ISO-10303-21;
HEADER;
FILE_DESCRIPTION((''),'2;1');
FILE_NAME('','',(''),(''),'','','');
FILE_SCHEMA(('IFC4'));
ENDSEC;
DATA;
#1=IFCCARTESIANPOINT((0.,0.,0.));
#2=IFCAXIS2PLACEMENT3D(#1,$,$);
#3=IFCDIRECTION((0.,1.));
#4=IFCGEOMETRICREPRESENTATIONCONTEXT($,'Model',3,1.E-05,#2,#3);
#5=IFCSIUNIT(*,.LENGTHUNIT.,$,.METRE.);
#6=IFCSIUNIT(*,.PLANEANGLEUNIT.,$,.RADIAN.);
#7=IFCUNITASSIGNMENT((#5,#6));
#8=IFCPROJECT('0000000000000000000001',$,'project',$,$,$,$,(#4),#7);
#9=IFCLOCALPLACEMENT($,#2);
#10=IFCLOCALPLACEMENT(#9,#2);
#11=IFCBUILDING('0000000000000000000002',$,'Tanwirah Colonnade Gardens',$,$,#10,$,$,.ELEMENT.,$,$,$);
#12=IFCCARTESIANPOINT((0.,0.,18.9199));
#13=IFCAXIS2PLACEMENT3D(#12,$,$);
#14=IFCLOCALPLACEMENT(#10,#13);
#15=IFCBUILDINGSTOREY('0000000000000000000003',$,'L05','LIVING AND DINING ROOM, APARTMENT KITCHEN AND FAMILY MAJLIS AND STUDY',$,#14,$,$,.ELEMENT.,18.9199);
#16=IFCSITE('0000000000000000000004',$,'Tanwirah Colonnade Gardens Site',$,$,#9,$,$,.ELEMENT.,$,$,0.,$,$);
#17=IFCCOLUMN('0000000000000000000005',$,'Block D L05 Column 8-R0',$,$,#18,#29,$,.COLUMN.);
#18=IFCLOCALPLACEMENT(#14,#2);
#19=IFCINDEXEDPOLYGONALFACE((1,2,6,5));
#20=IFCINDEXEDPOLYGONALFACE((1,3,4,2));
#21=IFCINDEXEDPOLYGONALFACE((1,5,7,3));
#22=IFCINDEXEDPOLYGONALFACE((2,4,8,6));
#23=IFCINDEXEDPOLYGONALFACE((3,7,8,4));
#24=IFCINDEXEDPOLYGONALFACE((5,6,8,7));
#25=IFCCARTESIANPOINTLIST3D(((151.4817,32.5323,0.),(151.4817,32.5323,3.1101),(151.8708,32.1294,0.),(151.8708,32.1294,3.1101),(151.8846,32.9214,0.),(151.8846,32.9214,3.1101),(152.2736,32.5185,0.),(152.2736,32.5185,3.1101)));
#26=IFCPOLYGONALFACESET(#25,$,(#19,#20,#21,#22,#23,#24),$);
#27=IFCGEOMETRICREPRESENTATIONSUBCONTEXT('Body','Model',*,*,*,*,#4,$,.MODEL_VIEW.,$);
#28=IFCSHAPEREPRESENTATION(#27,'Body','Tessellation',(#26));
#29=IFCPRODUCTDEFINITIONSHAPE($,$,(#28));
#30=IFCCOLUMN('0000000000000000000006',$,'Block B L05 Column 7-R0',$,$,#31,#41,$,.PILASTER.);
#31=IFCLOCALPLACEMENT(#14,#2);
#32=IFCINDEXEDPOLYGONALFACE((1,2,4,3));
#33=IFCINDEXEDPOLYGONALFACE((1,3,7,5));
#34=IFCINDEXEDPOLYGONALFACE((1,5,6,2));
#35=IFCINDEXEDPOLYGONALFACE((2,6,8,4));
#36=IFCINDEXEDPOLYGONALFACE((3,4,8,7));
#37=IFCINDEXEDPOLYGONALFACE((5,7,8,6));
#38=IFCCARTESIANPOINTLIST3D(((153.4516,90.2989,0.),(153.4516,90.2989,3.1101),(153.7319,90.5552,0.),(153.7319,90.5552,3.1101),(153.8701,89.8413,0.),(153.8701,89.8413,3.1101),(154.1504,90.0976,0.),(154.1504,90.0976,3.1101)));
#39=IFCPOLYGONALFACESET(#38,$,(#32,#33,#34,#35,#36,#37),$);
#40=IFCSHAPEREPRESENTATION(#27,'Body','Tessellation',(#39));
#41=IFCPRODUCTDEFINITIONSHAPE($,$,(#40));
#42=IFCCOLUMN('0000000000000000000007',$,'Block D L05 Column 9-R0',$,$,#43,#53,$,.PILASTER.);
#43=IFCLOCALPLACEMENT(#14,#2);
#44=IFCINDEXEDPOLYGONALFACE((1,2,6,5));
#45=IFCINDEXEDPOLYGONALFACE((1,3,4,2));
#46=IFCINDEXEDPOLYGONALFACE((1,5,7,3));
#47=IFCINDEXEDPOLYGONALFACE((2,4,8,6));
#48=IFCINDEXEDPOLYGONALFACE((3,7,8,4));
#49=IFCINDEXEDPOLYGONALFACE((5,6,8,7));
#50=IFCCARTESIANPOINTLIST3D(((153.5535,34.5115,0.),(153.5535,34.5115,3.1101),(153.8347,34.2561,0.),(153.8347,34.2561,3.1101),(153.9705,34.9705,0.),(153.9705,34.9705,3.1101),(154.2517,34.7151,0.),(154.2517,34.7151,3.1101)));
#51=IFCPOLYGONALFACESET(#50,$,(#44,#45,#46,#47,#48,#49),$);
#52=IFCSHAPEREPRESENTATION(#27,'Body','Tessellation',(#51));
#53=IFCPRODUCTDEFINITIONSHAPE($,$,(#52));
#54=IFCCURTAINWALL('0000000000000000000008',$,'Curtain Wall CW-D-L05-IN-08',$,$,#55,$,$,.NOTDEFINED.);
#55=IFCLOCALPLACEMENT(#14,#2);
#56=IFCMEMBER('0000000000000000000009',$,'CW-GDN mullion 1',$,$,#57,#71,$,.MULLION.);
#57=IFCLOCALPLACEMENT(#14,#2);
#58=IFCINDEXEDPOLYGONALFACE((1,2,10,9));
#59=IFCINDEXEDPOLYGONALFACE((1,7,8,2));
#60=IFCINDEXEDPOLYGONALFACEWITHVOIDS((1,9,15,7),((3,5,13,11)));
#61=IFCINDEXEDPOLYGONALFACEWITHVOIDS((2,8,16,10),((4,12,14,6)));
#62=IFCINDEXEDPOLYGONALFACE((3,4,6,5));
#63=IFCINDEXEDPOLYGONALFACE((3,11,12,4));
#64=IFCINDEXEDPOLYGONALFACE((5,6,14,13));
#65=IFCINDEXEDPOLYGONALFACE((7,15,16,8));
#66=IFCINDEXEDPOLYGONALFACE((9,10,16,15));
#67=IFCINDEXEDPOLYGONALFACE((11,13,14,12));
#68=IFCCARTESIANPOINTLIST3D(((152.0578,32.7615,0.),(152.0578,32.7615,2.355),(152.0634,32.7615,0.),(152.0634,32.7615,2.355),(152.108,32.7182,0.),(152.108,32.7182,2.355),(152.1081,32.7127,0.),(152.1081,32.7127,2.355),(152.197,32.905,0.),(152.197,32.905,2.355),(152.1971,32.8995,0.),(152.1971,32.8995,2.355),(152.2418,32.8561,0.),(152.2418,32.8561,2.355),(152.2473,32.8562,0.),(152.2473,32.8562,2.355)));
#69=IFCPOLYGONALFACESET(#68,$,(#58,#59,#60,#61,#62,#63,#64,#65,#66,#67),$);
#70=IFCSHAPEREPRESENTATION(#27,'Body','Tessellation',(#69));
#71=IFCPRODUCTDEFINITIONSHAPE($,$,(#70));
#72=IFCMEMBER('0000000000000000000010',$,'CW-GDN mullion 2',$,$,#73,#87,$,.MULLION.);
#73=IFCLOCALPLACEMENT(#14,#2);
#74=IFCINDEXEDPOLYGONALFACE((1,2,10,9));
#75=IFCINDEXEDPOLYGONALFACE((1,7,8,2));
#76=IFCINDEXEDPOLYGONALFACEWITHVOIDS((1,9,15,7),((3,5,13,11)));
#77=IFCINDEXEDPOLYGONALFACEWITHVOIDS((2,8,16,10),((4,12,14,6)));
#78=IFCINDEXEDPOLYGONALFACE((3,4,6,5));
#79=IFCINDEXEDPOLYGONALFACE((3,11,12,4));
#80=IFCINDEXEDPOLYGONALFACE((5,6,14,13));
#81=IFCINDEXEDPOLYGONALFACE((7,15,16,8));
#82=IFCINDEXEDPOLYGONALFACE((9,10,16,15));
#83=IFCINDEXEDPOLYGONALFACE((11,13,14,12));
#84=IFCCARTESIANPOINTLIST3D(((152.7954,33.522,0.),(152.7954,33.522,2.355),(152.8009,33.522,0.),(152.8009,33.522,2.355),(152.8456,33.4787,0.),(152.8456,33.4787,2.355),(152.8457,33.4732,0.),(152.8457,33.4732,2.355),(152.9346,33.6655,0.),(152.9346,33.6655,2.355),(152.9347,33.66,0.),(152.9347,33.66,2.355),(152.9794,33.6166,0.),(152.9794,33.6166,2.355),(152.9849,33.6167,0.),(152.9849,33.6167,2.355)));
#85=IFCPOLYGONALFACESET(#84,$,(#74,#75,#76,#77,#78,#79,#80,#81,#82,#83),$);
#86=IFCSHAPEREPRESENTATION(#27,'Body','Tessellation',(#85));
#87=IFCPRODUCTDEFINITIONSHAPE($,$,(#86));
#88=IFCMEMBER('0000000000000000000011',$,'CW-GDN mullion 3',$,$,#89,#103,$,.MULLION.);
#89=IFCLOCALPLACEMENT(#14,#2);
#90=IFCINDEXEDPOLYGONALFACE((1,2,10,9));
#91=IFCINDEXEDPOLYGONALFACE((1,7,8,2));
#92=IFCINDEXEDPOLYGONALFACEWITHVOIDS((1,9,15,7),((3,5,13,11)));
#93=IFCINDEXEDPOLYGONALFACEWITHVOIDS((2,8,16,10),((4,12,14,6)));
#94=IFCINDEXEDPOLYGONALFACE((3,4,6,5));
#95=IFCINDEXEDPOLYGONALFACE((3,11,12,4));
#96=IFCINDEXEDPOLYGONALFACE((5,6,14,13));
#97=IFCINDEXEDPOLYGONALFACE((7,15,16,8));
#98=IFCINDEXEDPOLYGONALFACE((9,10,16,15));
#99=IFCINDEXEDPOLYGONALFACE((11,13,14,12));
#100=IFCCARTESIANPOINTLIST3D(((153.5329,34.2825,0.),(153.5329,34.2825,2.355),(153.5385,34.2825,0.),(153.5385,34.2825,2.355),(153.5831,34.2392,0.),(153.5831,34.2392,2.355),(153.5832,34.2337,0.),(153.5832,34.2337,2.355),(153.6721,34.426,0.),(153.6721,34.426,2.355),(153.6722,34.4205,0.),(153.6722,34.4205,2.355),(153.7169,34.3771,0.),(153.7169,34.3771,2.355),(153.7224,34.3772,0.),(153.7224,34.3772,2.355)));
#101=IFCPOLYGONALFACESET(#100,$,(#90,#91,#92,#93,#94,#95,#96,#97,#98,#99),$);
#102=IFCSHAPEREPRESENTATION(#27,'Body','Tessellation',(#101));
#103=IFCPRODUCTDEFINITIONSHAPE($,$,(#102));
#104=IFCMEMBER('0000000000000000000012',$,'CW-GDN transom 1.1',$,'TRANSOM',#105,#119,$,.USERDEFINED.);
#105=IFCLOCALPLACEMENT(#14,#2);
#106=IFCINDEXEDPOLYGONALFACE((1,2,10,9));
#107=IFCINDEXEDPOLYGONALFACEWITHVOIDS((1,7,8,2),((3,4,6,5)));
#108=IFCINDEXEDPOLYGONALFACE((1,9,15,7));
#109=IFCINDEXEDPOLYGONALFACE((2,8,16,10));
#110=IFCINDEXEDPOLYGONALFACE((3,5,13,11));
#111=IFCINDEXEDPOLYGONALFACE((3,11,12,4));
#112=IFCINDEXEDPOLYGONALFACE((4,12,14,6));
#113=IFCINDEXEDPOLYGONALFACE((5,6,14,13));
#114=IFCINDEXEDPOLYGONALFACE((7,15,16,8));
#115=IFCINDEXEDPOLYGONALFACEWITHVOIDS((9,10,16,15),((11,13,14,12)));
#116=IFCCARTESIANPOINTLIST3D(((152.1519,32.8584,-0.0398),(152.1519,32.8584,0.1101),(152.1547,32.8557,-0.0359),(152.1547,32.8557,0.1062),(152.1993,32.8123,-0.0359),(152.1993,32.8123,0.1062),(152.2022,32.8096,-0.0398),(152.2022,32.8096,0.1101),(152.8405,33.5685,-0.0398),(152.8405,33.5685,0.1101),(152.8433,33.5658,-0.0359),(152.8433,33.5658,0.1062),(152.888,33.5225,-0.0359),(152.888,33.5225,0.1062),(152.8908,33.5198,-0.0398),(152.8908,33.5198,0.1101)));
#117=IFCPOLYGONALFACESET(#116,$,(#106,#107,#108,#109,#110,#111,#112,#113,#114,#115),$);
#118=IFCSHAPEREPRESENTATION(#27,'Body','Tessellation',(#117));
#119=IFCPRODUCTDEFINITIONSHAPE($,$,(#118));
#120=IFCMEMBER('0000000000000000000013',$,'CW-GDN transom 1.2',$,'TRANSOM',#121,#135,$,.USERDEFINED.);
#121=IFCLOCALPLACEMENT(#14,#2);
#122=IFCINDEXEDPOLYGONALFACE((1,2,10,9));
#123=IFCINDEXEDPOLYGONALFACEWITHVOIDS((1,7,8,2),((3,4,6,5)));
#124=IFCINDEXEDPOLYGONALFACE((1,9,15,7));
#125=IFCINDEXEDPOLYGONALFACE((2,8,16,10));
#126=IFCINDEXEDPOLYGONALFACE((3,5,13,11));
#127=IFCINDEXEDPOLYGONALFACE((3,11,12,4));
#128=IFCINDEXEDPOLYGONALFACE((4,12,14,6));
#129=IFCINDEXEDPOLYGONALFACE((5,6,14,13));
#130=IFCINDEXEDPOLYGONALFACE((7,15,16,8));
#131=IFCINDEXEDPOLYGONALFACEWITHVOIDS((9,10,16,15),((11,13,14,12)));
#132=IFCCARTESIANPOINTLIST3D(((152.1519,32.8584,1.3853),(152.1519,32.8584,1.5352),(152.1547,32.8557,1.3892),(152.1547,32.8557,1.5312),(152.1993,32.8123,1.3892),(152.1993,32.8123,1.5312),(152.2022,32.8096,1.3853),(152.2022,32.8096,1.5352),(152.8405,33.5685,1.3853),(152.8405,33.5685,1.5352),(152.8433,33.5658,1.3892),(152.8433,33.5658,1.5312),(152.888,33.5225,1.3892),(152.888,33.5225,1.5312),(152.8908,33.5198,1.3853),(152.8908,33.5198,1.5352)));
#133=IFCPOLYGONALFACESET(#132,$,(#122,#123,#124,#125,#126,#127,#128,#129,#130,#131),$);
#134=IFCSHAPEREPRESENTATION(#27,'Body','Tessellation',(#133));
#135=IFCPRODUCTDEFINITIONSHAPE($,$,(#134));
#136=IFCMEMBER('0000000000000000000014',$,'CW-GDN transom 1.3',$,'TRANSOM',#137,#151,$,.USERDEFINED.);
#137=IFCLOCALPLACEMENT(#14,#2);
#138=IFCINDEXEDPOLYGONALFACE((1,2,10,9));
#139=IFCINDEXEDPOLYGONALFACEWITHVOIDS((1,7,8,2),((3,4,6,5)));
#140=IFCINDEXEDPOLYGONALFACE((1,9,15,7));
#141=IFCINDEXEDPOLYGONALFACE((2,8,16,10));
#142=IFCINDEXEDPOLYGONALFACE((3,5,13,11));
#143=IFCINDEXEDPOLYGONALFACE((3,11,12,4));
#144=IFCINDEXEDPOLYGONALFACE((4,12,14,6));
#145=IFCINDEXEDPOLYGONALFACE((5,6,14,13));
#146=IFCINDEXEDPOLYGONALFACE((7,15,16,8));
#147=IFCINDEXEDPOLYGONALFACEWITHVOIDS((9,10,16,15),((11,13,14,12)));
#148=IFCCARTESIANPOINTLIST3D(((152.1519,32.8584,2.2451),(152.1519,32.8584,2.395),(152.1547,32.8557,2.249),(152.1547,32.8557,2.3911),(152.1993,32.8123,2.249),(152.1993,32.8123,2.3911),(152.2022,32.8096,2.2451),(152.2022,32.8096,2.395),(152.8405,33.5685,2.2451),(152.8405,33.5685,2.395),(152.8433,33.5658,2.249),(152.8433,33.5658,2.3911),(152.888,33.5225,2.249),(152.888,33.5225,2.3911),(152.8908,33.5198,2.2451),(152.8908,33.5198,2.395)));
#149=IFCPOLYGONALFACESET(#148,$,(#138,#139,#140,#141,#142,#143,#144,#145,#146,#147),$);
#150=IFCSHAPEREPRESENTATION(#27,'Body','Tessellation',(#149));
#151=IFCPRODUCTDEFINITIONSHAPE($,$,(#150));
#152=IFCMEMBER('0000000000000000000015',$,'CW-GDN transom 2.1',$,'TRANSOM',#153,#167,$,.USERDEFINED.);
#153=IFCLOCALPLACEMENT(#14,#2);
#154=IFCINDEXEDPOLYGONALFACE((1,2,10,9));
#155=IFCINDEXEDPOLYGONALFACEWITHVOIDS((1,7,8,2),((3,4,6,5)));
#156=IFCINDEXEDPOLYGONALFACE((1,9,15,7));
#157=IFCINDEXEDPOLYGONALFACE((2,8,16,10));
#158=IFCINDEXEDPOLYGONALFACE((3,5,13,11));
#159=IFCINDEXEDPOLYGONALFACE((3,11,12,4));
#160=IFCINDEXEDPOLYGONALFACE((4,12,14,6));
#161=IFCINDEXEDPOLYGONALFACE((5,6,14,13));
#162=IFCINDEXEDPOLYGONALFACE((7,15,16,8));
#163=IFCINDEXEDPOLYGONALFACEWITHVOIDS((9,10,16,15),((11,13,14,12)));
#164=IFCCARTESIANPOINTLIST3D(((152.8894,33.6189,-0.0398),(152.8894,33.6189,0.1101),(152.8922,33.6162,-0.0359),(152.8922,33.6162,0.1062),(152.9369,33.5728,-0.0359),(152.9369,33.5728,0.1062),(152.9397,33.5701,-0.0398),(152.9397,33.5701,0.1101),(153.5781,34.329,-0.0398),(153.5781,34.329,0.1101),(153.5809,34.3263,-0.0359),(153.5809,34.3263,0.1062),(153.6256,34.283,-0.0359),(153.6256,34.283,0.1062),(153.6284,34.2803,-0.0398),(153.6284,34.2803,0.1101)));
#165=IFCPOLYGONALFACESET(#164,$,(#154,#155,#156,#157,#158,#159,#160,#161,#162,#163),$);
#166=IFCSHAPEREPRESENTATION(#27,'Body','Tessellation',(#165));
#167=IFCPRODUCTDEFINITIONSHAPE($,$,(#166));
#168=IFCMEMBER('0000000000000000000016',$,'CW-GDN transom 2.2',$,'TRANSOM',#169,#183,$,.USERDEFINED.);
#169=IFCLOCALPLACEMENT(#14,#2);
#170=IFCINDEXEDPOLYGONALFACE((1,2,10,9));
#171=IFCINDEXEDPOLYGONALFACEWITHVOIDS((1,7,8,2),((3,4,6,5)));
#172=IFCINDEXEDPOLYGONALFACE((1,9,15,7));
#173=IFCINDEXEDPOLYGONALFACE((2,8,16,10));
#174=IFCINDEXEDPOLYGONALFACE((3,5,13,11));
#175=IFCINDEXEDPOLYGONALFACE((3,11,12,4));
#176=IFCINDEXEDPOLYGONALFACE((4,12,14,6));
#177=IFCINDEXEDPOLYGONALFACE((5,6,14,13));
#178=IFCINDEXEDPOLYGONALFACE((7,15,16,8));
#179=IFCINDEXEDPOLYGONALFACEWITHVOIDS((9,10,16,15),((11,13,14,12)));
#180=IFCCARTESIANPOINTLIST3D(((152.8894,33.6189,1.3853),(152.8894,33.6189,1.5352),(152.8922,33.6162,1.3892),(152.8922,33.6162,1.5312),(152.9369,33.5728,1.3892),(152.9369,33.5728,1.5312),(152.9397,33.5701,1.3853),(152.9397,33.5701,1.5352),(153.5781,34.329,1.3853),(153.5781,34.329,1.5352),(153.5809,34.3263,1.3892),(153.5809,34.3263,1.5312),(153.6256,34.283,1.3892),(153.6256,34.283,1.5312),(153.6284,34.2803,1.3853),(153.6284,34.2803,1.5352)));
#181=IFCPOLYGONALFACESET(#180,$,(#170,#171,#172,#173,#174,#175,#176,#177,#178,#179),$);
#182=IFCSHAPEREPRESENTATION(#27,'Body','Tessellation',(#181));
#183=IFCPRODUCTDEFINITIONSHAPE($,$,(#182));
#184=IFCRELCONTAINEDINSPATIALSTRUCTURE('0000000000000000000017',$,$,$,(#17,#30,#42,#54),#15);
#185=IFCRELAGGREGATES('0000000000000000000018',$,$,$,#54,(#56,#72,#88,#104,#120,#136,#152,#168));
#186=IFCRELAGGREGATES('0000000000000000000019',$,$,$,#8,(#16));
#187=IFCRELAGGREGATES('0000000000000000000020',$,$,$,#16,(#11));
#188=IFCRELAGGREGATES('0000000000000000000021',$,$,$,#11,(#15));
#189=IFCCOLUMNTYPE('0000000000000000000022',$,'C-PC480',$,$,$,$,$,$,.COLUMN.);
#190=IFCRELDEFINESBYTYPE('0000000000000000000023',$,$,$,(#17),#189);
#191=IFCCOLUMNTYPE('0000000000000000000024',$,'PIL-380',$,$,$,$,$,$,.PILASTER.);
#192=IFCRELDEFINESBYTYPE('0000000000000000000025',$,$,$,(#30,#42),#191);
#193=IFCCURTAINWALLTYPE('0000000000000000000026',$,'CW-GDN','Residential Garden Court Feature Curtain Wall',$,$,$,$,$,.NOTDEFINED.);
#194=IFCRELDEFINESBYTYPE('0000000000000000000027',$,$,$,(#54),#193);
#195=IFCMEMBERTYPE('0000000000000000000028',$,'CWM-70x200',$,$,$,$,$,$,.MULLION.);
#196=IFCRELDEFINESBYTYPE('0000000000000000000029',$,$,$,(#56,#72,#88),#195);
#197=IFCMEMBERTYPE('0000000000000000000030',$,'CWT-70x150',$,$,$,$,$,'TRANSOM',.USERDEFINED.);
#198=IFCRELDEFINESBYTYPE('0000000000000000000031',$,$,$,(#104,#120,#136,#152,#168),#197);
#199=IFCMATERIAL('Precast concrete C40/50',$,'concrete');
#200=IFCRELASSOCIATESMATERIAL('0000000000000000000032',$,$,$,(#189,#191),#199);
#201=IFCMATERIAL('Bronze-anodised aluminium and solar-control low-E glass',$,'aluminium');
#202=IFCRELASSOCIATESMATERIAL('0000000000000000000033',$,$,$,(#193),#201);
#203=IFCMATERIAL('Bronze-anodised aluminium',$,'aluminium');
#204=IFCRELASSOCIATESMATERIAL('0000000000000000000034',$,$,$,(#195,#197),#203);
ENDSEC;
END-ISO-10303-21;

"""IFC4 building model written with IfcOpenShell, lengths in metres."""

from ifc_helpers import new_model, si_unit, direction, frame, origin, origin_2d, place, context, subcontext, project, spatial, rectangle, hollow_rectangle, extrude, material, material_profile, profile_set, type_object, element, aggregate, save


model = new_model("IFC4")

# Units and contexts
model_context = context("Model", 3, precision=1e-05, world=origin(), true_north=direction((0.0, 1.0)))
body_context = subcontext(model_context, "Body", "Model", "MODEL_VIEW")
ifc_project = project(units=[si_unit("LENGTHUNIT", "METRE"), si_unit("PLANEANGLEUNIT", "RADIAN")], contexts=[model_context])

# Site, building, storey
site_placement = place(None, origin())
site = spatial("IfcSite", under=ifc_project, at=site_placement, Name="Tanwirah Colonnade Gardens Site", CompositionType="ELEMENT", RefElevation=0.0)
building_placement = place(site_placement, origin())
building = spatial("IfcBuilding", under=site, at=building_placement, Name="Tanwirah Colonnade Gardens", CompositionType="ELEMENT")
storey_placement = place(building_placement, frame((0.0, 0.0, 18.9199)))
storey = spatial("IfcBuildingStorey", under=building, at=storey_placement, Name="L05", Description="LIVING AND DINING ROOM, APARTMENT KITCHEN AND FAMILY MAJLIS AND STUDY", CompositionType="ELEMENT", Elevation=18.9199)

# Columns
ifc_material_1 = material(Name="Precast concrete C40/50", Category="concrete")
ifc_material_profile_1 = material_profile(ifc_material_1, rectangle(XDim=0.5601, YDim=0.5601, at=origin_2d()), Name="PC-COL 560x560")
ifc_profile_set_1 = profile_set([ifc_material_profile_1], Name="Precast concrete C40/50")
column_type_1 = type_object("IfcColumnType", Name="C-PC480", PredefinedType="COLUMN", material=ifc_profile_set_1)
column_placement = place(storey_placement, frame((151.8777, 32.5254, 0.0), z_axis=(0.0, 0.0, 1.0), x_axis=(0.694658, -0.71934, 0.0)))
element("IfcColumn", 1, at=column_placement, inside=storey, type_object=column_type_1, Name="Block D L05 Column 8-R0", PredefinedType="COLUMN", context=body_context, shape_type="SweptSolid", body=[
    extrude(rectangle(XDim=0.5601, YDim=0.5601, at=origin_2d()), origin(), (0.0, 0.0, 1.0), 3.1101),
])
ifc_material_profile_2 = material_profile(ifc_material_1, rectangle(XDim=0.3799, YDim=0.6201, at=origin_2d()), Name="PC-PIL 380x620")
ifc_profile_set_2 = profile_set([ifc_material_profile_2], Name="Precast concrete C40/50")
column_type_2 = type_object("IfcColumnType", Name="PIL-380", PredefinedType="PILASTER", material=ifc_profile_set_2)
for number, where, z_axis, x_axis, name in (
    (2, (153.801, 90.1982, 0.0), (0.0, 0.0, 1.0), (0.737932, 0.674875, 0.0), "Block B L05 Column 7-R0"),
    (3, (153.9026, 34.6133, 0.0), (0.0, 0.0, 1.0), (0.740218, -0.672367, 0.0), "Block D L05 Column 9-R0"),
):
    element("IfcColumn", number, at=place(storey_placement, frame(where, z_axis=z_axis, x_axis=x_axis)), inside=storey, type_object=column_type_2, Name=name, PredefinedType="PILASTER", context=body_context, shape_type="SweptSolid", body=[
        extrude(rectangle(XDim=0.3799, YDim=0.6201, at=origin_2d()), origin(), (0.0, 0.0, 1.0), 3.1101),
    ])

# Curtain wall, members
ifc_material_2 = material(Name="Bronze-anodised aluminium and solar-control low-E glass", Category="aluminium")
curtain_wall_type = type_object("IfcCurtainWallType", Name="CW-GDN", Description="Residential Garden Court Feature Curtain Wall", PredefinedType="NOTDEFINED", material=ifc_material_2)
curtain_wall_placement = place(storey_placement, origin())
curtain_wall = element("IfcCurtainWall", 4, at=curtain_wall_placement, inside=storey, type_object=curtain_wall_type, Name="Curtain Wall CW-D-L05-IN-08", PredefinedType="NOTDEFINED")
ifc_material_3 = material(Name="Bronze-anodised aluminium", Category="aluminium")
ifc_material_profile_3 = material_profile(ifc_material_3, hollow_rectangle(XDim=0.0701, YDim=0.2, WallThickness=0.0039, at=origin_2d()), Name="CW-MUL 70x200x4")
ifc_profile_set_3 = profile_set([ifc_material_profile_3], Name="Bronze-anodised aluminium")
member_type_1 = type_object("IfcMemberType", Name="CWM-70x200", PredefinedType="MULLION", material=ifc_profile_set_3)
member_1_placement = place(storey_placement, frame((152.1526, 32.8088, 0.0), z_axis=(0.0, 0.0, 1.0), x_axis=(-0.717825, 0.696223, 0.0)))
member_1 = element("IfcMember", 5, at=member_1_placement, type_object=member_type_1, Name="CW-GDN mullion 1", PredefinedType="MULLION", context=body_context, shape_type="SweptSolid", body=[
    extrude(hollow_rectangle(XDim=0.0701, YDim=0.2, WallThickness=0.0039, at=origin_2d()), origin(), (0.0, 0.0, 1.0), 2.355),
])
member_2_placement = place(storey_placement, frame((152.8901, 33.5693, 0.0), z_axis=(0.0, 0.0, 1.0), x_axis=(-0.717825, 0.696223, 0.0)))
member_2 = element("IfcMember", 6, at=member_2_placement, type_object=member_type_1, Name="CW-GDN mullion 2", PredefinedType="MULLION", context=body_context, shape_type="SweptSolid", body=[
    extrude(hollow_rectangle(XDim=0.0701, YDim=0.2, WallThickness=0.0039, at=origin_2d()), origin(), (0.0, 0.0, 1.0), 2.355),
])
member_3_placement = place(storey_placement, frame((153.6277, 34.3298, 0.0), z_axis=(0.0, 0.0, 1.0), x_axis=(-0.717825, 0.696223, 0.0)))
member_3 = element("IfcMember", 7, at=member_3_placement, type_object=member_type_1, Name="CW-GDN mullion 3", PredefinedType="MULLION", context=body_context, shape_type="SweptSolid", body=[
    extrude(hollow_rectangle(XDim=0.0701, YDim=0.2, WallThickness=0.0039, at=origin_2d()), origin(), (0.0, 0.0, 1.0), 2.355),
])
ifc_material_profile_4 = material_profile(ifc_material_3, hollow_rectangle(XDim=0.0701, YDim=0.1499, WallThickness=0.0039, at=origin_2d()), Name="CW-TRN 70x150x4")
ifc_profile_set_4 = profile_set([ifc_material_profile_4], Name="Bronze-anodised aluminium")
member_type_2 = type_object("IfcMemberType", Name="CWT-70x150", ElementType="TRANSOM", PredefinedType="USERDEFINED", material=ifc_profile_set_4)
member_4_placement = place(storey_placement, frame((152.177, 32.834, 0.0352), z_axis=(0.696165, 0.717882, 0.0), x_axis=(-0.717882, 0.696165, 0.0)))
member_4 = element("IfcMember", 8, at=member_4_placement, type_object=member_type_2, Name="CW-GDN transom 1.1", ObjectType="TRANSOM", PredefinedType="USERDEFINED", context=body_context, shape_type="SweptSolid", body=[
    extrude(hollow_rectangle(XDim=0.0701, YDim=0.1499, WallThickness=0.0039, at=origin_2d()), origin(), (0.0, 0.0, 1.0), 0.9893),
])
member_5_placement = place(storey_placement, frame((152.177, 32.834, 1.4602), z_axis=(0.696165, 0.717882, 0.0), x_axis=(-0.717882, 0.696165, 0.0)))
member_5 = element("IfcMember", 9, at=member_5_placement, type_object=member_type_2, Name="CW-GDN transom 1.2", ObjectType="TRANSOM", PredefinedType="USERDEFINED", context=body_context, shape_type="SweptSolid", body=[
    extrude(hollow_rectangle(XDim=0.0701, YDim=0.1499, WallThickness=0.0039, at=origin_2d()), origin(), (0.0, 0.0, 1.0), 0.9893),
])
member_6_placement = place(storey_placement, frame((152.177, 32.834, 2.3201), z_axis=(0.696165, 0.717882, 0.0), x_axis=(-0.717882, 0.696165, 0.0)))
member_6 = element("IfcMember", 10, at=member_6_placement, type_object=member_type_2, Name="CW-GDN transom 1.3", ObjectType="TRANSOM", PredefinedType="USERDEFINED", context=body_context, shape_type="SweptSolid", body=[
    extrude(hollow_rectangle(XDim=0.0701, YDim=0.1499, WallThickness=0.0039, at=origin_2d()), origin(), (0.0, 0.0, 1.0), 0.9893),
])
member_7_placement = place(storey_placement, frame((152.9146, 33.5945, 0.0352), z_axis=(0.696165, 0.717882, 0.0), x_axis=(-0.717882, 0.696165, 0.0)))
member_7 = element("IfcMember", 11, at=member_7_placement, type_object=member_type_2, Name="CW-GDN transom 2.1", ObjectType="TRANSOM", PredefinedType="USERDEFINED", context=body_context, shape_type="SweptSolid", body=[
    extrude(hollow_rectangle(XDim=0.0701, YDim=0.1499, WallThickness=0.0039, at=origin_2d()), origin(), (0.0, 0.0, 1.0), 0.9893),
])
member_8_placement = place(storey_placement, frame((152.9146, 33.5945, 1.4602), z_axis=(0.696165, 0.717882, 0.0), x_axis=(-0.717882, 0.696165, 0.0)))
member_8 = element("IfcMember", 12, at=member_8_placement, type_object=member_type_2, Name="CW-GDN transom 2.2", ObjectType="TRANSOM", PredefinedType="USERDEFINED", context=body_context, shape_type="SweptSolid", body=[
    extrude(hollow_rectangle(XDim=0.0701, YDim=0.1499, WallThickness=0.0039, at=origin_2d()), origin(), (0.0, 0.0, 1.0), 0.9893),
])

aggregate(curtain_wall, [member_1, member_2, member_3, member_4, member_5, member_6, member_7, member_8])

save(model, "model.ifc")
